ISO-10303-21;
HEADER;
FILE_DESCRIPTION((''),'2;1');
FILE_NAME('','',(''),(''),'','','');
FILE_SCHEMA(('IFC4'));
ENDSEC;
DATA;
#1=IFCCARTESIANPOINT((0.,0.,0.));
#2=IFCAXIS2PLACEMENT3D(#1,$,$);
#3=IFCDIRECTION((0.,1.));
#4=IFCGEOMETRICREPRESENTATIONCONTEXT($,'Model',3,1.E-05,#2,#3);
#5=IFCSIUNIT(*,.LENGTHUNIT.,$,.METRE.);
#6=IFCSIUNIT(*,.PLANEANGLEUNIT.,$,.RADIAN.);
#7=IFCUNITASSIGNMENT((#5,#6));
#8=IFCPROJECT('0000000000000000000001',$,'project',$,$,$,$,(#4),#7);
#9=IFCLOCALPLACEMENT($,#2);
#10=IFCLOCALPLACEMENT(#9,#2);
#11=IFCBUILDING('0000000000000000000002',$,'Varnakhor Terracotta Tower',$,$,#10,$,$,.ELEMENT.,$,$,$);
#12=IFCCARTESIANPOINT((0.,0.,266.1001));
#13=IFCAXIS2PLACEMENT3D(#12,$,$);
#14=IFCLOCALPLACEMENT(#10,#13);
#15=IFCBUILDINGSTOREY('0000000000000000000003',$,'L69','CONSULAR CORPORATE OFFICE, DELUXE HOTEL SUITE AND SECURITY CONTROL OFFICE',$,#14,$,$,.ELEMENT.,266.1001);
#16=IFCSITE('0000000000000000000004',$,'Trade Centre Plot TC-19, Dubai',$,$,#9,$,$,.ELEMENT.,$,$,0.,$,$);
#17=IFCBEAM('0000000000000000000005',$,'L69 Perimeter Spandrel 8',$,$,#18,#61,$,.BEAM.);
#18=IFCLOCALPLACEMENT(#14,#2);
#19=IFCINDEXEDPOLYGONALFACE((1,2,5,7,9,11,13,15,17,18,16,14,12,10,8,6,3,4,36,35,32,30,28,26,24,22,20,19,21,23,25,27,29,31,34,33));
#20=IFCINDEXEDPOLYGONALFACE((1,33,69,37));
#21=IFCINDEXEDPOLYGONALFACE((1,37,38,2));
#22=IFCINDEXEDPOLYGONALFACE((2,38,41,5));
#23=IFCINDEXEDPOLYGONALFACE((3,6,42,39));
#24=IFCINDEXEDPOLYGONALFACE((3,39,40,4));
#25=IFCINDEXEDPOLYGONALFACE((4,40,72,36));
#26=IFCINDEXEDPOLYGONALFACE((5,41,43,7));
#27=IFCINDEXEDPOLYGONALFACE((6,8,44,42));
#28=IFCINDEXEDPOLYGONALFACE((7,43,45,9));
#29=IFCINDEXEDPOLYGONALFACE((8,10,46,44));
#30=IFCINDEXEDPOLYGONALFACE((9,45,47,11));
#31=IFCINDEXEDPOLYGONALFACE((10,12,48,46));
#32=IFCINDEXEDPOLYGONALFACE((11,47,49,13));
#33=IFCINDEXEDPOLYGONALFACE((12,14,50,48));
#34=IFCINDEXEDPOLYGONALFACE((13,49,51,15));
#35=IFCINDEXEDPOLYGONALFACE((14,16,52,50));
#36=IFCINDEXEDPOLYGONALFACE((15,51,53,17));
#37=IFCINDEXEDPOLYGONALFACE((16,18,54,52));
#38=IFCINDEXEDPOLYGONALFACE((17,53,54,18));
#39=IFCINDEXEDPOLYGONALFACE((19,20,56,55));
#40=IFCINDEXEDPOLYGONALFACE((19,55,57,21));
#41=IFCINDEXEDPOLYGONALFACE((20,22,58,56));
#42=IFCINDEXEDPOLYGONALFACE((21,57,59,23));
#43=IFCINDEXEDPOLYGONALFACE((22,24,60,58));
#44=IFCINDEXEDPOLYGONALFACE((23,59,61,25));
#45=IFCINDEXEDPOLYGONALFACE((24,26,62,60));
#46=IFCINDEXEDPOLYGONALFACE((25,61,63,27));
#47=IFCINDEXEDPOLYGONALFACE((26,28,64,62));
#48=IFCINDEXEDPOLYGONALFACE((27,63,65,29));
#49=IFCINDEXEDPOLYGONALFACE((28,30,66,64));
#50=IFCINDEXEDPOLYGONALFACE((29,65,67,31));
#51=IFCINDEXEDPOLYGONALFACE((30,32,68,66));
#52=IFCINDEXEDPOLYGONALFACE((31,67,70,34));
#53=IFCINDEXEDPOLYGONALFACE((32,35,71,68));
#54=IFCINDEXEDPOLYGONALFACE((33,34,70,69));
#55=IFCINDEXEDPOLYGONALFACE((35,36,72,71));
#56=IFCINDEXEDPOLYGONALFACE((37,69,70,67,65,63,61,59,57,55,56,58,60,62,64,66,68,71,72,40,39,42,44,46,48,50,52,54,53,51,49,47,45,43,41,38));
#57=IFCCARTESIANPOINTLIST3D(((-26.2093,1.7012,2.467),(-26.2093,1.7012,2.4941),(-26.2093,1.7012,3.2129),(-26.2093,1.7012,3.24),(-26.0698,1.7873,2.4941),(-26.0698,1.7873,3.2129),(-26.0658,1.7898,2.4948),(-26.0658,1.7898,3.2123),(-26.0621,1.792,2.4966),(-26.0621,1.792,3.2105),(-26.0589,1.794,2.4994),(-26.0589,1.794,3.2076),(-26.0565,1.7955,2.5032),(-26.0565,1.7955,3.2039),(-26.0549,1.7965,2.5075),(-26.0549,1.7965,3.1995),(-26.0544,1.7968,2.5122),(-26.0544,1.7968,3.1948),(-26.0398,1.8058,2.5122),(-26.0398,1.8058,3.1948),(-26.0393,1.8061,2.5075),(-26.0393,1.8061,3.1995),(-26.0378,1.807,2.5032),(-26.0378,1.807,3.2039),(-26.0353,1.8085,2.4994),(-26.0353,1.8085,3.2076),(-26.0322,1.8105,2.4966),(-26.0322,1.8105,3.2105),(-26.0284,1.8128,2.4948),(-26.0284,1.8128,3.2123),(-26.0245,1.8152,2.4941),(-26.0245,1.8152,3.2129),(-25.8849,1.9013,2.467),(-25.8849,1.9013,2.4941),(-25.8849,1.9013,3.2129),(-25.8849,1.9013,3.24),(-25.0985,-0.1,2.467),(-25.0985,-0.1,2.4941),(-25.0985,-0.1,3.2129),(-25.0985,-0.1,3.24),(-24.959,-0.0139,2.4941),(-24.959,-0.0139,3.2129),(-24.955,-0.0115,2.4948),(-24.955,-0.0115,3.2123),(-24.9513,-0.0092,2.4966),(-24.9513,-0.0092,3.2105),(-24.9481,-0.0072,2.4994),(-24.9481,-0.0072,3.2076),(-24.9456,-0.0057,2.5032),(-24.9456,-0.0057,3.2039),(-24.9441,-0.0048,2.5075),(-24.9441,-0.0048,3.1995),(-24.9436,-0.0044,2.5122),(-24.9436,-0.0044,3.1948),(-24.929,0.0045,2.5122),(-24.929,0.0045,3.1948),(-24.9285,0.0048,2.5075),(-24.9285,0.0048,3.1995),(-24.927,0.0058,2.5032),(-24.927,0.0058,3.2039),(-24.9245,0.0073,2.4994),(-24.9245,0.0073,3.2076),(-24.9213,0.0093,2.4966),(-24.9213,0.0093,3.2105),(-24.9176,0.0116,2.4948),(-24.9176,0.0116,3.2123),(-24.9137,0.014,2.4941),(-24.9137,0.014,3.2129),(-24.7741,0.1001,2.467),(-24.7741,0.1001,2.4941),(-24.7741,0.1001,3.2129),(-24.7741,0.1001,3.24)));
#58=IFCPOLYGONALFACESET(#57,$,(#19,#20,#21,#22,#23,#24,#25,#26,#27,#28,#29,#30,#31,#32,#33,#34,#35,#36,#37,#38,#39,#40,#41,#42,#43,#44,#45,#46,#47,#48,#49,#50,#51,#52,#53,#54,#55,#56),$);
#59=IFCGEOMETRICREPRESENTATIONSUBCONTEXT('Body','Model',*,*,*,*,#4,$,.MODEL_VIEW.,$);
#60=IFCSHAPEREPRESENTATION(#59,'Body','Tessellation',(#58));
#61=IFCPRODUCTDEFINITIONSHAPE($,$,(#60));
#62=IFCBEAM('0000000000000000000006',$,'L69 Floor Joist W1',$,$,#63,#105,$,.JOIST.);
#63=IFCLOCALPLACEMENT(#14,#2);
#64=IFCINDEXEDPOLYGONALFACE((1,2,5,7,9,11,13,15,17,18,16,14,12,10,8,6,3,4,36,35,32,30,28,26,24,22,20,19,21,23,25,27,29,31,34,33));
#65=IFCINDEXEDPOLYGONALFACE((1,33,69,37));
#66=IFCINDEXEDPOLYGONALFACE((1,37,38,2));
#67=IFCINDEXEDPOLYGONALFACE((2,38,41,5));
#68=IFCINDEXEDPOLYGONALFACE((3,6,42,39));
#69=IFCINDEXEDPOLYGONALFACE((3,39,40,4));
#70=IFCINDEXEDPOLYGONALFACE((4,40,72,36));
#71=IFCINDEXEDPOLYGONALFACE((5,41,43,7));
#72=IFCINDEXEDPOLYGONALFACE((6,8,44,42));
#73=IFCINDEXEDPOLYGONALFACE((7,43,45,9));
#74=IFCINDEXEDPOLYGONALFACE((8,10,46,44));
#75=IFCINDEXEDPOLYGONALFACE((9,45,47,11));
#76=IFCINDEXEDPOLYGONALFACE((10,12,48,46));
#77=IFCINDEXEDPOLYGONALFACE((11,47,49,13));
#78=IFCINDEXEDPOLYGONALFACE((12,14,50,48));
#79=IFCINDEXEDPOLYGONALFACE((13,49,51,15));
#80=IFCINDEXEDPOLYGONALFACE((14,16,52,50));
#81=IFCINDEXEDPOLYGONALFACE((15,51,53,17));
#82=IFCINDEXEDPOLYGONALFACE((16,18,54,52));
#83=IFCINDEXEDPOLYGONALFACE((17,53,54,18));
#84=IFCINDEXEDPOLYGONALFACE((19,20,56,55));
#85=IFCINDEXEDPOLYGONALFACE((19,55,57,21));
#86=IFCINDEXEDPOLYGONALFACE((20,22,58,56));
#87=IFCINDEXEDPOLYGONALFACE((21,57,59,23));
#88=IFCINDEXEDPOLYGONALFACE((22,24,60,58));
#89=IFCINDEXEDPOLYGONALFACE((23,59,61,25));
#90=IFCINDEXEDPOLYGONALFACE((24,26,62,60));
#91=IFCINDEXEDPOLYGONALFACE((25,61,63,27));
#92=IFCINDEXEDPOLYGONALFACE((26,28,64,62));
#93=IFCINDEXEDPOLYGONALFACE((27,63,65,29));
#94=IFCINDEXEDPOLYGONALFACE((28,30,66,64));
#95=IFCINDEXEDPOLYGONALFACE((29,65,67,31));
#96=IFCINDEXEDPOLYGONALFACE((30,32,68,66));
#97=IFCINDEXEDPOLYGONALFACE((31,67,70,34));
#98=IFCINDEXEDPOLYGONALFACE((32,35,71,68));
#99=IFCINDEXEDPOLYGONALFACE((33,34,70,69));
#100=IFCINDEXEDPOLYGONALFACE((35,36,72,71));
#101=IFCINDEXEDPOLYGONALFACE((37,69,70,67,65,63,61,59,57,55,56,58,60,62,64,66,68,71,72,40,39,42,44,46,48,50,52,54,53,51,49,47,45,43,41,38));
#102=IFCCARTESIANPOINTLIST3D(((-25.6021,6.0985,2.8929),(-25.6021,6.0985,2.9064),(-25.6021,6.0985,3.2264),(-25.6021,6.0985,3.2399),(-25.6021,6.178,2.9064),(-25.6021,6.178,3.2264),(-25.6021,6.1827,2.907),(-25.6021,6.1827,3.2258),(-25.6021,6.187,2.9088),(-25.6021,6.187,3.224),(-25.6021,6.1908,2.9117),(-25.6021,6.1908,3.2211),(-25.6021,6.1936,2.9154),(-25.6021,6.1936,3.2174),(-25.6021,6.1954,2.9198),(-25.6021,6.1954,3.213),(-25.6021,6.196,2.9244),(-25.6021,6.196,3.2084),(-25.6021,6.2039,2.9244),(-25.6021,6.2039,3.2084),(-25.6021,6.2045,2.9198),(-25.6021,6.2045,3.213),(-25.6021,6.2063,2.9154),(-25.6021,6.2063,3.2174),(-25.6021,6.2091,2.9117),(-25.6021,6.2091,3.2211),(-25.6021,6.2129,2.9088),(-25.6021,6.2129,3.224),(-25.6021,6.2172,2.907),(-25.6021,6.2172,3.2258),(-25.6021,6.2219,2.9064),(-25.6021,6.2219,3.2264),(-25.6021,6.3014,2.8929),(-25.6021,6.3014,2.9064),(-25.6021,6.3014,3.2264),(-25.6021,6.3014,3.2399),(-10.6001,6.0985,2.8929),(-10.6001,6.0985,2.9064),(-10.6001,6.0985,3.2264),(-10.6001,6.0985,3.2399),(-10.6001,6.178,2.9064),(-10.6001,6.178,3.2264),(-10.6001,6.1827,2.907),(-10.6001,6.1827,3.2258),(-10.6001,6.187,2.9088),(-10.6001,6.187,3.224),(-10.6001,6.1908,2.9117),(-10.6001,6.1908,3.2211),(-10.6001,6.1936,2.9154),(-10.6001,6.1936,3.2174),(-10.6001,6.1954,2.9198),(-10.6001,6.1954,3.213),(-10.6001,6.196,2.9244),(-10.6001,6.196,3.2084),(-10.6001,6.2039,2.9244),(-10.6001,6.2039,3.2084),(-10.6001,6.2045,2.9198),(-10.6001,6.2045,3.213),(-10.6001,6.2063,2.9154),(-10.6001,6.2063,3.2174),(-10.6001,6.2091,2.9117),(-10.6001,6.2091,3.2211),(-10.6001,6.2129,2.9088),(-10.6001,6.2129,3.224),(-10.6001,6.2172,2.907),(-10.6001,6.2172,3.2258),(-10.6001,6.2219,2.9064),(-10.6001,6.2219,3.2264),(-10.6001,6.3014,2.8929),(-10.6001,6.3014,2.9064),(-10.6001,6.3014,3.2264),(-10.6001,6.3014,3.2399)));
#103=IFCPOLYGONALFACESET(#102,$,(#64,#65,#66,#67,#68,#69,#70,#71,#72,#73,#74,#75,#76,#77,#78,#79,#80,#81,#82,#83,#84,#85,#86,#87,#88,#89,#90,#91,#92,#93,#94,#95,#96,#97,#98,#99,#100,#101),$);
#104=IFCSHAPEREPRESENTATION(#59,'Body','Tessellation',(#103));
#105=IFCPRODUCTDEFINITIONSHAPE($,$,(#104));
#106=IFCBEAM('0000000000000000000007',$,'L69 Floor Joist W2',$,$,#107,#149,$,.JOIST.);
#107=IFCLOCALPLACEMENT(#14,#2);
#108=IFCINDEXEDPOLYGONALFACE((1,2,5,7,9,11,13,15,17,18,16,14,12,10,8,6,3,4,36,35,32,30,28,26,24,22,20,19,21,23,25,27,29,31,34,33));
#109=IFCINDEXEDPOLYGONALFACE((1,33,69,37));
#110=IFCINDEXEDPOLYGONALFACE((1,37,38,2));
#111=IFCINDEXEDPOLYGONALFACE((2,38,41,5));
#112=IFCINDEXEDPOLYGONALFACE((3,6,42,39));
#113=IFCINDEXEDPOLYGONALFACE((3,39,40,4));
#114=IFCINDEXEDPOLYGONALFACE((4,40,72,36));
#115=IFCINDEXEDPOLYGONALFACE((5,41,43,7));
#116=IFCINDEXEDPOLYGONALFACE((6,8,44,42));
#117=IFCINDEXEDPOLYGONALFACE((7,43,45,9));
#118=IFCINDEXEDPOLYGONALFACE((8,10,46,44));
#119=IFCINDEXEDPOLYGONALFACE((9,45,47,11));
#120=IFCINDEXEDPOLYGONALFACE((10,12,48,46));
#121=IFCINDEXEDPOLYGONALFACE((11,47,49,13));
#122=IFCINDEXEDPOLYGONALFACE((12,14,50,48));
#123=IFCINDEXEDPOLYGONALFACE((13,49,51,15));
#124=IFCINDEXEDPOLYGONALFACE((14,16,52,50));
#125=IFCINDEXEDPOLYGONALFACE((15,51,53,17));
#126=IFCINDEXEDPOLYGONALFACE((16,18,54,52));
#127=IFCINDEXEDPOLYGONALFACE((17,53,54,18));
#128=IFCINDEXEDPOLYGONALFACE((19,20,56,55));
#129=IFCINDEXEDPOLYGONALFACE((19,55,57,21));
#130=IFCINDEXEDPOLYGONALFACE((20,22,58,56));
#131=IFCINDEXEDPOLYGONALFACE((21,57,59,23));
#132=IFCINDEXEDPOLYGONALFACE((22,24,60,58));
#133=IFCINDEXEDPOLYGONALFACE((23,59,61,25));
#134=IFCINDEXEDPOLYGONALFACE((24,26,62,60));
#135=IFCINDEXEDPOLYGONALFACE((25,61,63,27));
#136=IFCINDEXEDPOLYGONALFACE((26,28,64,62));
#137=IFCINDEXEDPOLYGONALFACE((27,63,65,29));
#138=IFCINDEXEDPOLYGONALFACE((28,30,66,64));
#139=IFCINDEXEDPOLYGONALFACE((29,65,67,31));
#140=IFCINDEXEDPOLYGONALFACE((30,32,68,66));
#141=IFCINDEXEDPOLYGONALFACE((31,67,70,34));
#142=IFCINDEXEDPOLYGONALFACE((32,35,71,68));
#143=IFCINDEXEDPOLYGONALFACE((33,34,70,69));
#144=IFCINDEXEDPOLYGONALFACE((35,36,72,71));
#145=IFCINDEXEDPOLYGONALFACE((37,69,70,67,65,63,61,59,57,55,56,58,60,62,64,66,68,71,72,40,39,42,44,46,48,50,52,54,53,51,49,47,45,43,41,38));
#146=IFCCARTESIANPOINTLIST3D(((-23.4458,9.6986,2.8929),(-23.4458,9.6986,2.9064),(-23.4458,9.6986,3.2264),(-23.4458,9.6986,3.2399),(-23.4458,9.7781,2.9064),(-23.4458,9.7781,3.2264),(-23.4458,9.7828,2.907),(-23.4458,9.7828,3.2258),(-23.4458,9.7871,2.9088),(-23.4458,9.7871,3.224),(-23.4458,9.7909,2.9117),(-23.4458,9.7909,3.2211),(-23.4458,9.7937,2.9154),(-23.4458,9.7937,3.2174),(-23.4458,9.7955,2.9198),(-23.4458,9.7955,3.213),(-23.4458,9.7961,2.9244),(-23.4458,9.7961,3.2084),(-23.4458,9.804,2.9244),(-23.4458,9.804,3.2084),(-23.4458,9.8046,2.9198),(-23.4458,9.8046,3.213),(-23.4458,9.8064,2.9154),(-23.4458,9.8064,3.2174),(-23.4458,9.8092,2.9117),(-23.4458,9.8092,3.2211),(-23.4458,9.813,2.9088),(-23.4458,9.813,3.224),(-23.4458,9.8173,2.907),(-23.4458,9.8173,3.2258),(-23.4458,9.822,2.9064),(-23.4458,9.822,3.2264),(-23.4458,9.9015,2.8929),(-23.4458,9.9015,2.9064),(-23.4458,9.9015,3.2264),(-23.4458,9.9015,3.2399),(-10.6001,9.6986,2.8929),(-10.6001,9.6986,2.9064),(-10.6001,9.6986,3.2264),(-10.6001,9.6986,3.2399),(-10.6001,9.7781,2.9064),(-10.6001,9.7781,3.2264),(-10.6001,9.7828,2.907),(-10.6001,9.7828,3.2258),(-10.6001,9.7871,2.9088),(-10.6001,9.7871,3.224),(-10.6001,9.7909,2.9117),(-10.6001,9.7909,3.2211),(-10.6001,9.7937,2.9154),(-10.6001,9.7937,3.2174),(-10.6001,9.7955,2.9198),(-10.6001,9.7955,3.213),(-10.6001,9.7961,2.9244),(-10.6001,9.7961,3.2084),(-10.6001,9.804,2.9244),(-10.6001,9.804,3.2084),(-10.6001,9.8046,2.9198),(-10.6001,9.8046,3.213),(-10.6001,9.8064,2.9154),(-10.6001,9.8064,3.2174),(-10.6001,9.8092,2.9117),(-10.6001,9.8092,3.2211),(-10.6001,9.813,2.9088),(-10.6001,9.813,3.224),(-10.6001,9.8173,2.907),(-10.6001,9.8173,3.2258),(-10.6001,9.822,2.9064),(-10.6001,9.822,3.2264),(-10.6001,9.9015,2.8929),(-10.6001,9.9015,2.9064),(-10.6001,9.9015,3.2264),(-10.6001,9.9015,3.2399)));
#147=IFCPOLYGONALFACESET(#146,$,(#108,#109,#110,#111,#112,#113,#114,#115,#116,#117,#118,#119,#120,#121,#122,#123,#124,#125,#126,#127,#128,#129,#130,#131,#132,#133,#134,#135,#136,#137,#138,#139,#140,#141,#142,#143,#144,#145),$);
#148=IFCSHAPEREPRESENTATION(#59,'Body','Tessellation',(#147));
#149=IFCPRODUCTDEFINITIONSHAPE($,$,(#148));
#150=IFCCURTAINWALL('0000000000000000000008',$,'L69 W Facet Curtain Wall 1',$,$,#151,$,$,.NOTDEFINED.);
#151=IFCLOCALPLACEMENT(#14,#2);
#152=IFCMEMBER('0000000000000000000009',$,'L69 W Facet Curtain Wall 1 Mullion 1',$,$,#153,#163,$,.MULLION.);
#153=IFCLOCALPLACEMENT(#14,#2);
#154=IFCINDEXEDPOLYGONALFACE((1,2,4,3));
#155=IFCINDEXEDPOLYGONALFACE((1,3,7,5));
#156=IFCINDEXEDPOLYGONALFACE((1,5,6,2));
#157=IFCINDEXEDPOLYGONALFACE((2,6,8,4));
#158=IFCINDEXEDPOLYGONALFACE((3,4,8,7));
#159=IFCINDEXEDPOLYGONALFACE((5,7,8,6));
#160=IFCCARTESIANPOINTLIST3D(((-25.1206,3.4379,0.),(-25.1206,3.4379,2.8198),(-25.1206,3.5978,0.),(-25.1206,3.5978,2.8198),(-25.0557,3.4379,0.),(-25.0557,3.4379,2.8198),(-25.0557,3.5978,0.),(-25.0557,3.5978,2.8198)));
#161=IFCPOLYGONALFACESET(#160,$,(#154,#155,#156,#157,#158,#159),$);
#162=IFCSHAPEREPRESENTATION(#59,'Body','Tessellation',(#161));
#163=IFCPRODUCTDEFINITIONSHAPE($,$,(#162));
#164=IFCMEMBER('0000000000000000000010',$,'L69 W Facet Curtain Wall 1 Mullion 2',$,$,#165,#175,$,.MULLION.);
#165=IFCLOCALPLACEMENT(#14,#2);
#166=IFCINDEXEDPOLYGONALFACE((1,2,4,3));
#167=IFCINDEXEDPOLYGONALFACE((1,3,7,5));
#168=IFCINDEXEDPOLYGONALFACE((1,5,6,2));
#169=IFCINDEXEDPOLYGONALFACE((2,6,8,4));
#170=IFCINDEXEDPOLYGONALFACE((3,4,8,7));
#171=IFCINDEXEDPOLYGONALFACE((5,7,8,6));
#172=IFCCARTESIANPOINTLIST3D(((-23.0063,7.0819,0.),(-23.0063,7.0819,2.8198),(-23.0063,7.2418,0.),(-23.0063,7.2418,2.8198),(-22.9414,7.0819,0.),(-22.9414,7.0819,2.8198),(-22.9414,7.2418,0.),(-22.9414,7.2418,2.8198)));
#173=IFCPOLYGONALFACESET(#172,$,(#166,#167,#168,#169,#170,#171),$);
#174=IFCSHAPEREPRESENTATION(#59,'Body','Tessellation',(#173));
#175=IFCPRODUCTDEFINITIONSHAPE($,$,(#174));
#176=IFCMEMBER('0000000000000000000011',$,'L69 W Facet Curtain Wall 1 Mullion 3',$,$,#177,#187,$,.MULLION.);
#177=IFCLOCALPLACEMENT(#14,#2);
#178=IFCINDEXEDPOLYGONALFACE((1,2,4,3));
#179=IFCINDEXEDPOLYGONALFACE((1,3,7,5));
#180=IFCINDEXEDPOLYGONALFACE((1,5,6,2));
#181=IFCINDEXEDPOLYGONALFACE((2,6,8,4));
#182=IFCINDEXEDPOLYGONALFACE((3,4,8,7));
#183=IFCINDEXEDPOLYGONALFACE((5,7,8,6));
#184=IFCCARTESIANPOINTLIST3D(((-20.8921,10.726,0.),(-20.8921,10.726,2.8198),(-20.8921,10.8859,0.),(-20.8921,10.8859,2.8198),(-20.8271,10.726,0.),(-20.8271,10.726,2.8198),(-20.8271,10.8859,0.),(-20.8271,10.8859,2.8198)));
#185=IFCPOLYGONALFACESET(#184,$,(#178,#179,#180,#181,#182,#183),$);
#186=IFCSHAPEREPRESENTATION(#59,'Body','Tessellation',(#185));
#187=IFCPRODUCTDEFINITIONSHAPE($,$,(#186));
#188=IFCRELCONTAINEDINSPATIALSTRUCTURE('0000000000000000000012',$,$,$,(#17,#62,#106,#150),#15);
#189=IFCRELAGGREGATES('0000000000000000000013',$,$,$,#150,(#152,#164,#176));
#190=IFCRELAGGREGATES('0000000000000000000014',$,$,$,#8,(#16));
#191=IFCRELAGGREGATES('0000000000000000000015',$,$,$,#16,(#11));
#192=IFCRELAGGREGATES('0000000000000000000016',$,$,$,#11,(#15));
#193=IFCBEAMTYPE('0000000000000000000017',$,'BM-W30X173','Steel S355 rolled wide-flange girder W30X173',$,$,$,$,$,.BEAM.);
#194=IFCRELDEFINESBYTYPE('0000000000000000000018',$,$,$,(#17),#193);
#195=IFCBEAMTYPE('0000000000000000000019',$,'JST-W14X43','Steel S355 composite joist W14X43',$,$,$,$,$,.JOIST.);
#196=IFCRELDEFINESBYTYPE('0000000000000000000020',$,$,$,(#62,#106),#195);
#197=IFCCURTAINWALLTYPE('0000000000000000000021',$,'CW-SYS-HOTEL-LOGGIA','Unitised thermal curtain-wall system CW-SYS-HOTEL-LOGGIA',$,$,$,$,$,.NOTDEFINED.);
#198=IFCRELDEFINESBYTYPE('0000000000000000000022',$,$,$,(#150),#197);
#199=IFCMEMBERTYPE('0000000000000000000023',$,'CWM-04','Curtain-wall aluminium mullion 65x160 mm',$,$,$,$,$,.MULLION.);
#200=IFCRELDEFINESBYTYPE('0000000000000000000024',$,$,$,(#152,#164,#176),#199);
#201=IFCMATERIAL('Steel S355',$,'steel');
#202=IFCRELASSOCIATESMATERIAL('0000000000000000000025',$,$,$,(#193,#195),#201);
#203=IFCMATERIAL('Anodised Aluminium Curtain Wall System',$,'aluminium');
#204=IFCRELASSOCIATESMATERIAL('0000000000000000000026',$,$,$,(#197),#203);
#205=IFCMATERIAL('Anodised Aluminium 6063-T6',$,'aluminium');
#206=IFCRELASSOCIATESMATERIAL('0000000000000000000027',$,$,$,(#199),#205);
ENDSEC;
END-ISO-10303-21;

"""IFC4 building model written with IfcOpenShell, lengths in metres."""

from ifc_helpers import new_model, si_unit, direction, frame, origin, origin_2d, place, context, subcontext, project, spatial, rectangle, i_section, extrude, source, transform, mapped, material, material_profile, profile_set, type_object, element, aggregate, save


model = new_model("IFC4")

# Units and contexts
model_context = context("Model", 3, precision=1e-05, world=origin(), true_north=direction((0.0, 1.0)))
body_context = subcontext(model_context, "Body", "Model", "MODEL_VIEW")
ifc_project = project(units=[si_unit("LENGTHUNIT", "METRE"), si_unit("PLANEANGLEUNIT", "RADIAN")], contexts=[model_context])

# Site, building, storey
site_placement = place(None, origin())
site = spatial("IfcSite", under=ifc_project, at=site_placement, Name="Trade Centre Plot TC-19, Dubai", CompositionType="ELEMENT", RefElevation=0.0)
building_placement = place(site_placement, origin())
building = spatial("IfcBuilding", under=site, at=building_placement, Name="Varnakhor Terracotta Tower", CompositionType="ELEMENT")
storey_placement = place(building_placement, frame((0.0, 0.0, 266.1001)))
storey = spatial("IfcBuildingStorey", under=building, at=storey_placement, Name="L69", Description="CONSULAR CORPORATE OFFICE, DELUXE HOTEL SUITE AND SECURITY CONTROL OFFICE", CompositionType="ELEMENT", Elevation=266.1001)

# Shared definitions
ifc_material_1 = material(Name="Steel S355", Category="steel")

# Beams
ifc_material_profile_1 = material_profile(ifc_material_1, i_section(OverallWidth=0.3811, OverallDepth=0.7729, WebThickness=0.0171, FlangeThickness=0.0271, FilletRadius=0.0181, at=origin_2d()), Name="W30X173")
ifc_profile_set_1 = profile_set([ifc_material_profile_1], Name="Steel S355")
beam_type_1 = type_object("IfcBeamType", Name="BM-W30X173", Description="Steel S355 rolled wide-flange girder W30X173", PredefinedType="BEAM", material=ifc_profile_set_1)
shared_shape_1 = source(origin(), body_context, "Body", "SweptSolid", [
    extrude(i_section(OverallWidth=0.3811, OverallDepth=0.7729, WebThickness=0.0171, FlangeThickness=0.0271, FilletRadius=0.0181, at=origin_2d()), origin(), (0.0, 0.0, 1.0), 2.1162),
])
for number, where, z_axis, x_axis, name in (
    (1, (-26.0471, 1.8013, 2.8535), (0.524908, -0.851159, 0.0), (0.851159, 0.524908, 0.0), "L69 Perimeter Spandrel 8"),
):
    element("IfcBeam", number, at=place(storey_placement, frame(where, z_axis=z_axis, x_axis=x_axis)), inside=storey, type_object=beam_type_1, Name=name, PredefinedType="BEAM", context=body_context, shape_type="MappedRepresentation", body=[
        mapped(shared_shape_1, transform((0.0, 0.0, 0.0), scale=1.0)),
    ])
ifc_material_profile_2 = material_profile(ifc_material_1, i_section(OverallWidth=0.2029, OverallDepth=0.3469, WebThickness=0.0078, FlangeThickness=0.0134, FilletRadius=0.0181, at=origin_2d()), Name="W14X43")
ifc_profile_set_2 = profile_set([ifc_material_profile_2], Name="Steel S355")
beam_type_2 = type_object("IfcBeamType", Name="JST-W14X43", Description="Steel S355 composite joist W14X43", PredefinedType="JOIST", material=ifc_profile_set_2)
shared_shape_2 = source(origin(), body_context, "Body", "SweptSolid", [
    extrude(i_section(OverallWidth=0.2029, OverallDepth=0.3469, WebThickness=0.0078, FlangeThickness=0.0134, FilletRadius=0.0181, at=origin_2d()), origin(), (0.0, 0.0, 1.0), 15.002),
])
beam_1_placement = place(storey_placement, frame((-25.6021, 6.2, 3.0664), z_axis=(1.0, 0.0, 0.0), x_axis=(0.0, 1.0, 0.0)))
element("IfcBeam", 2, at=beam_1_placement, inside=storey, type_object=beam_type_2, Name="L69 Floor Joist W1", PredefinedType="JOIST", context=body_context, shape_type="MappedRepresentation", body=[
    mapped(shared_shape_2, transform((0.0, 0.0, 0.0), scale=1.0)),
])
shared_shape_3 = source(origin(), body_context, "Body", "SweptSolid", [
    extrude(i_section(OverallWidth=0.2029, OverallDepth=0.3469, WebThickness=0.0078, FlangeThickness=0.0134, FilletRadius=0.0181, at=origin_2d()), origin(), (0.0, 0.0, 1.0), 12.8457),
])
beam_2_placement = place(storey_placement, frame((-23.4458, 9.8, 3.0664), z_axis=(1.0, 0.0, 0.0), x_axis=(0.0, 1.0, 0.0)))
element("IfcBeam", 3, at=beam_2_placement, inside=storey, type_object=beam_type_2, Name="L69 Floor Joist W2", PredefinedType="JOIST", context=body_context, shape_type="MappedRepresentation", body=[
    mapped(shared_shape_3, transform((0.0, 0.0, 0.0), scale=1.0)),
])

# Curtain wall, members
ifc_material_2 = material(Name="Anodised Aluminium Curtain Wall System", Category="aluminium")
curtain_wall_type = type_object("IfcCurtainWallType", Name="CW-SYS-HOTEL-LOGGIA", Description="Unitised thermal curtain-wall system CW-SYS-HOTEL-LOGGIA", PredefinedType="NOTDEFINED", material=ifc_material_2)
curtain_wall_1_placement = place(storey_placement, origin())
curtain_wall_1 = element("IfcCurtainWall", 4, at=curtain_wall_1_placement, inside=storey, type_object=curtain_wall_type, Name="L69 W Facet Curtain Wall 1", PredefinedType="NOTDEFINED")
ifc_material_3 = material(Name="Anodised Aluminium 6063-T6", Category="aluminium")
ifc_material_profile_3 = material_profile(ifc_material_3, rectangle(XDim=0.0649, YDim=0.1599, at=origin_2d()), Name="ALU MULLION 65x160")
ifc_profile_set_3 = profile_set([ifc_material_profile_3], Name="Anodised Aluminium 6063-T6")
member_type_1 = type_object("IfcMemberType", Name="CWM-04", Description="Curtain-wall aluminium mullion 65x160 mm", PredefinedType="MULLION", material=ifc_profile_set_3)
shared_shape_4 = source(origin(), body_context, "Body", "SweptSolid", [
    extrude(rectangle(XDim=0.0649, YDim=0.1599, at=origin_2d()), origin(), (0.0, 0.0, 1.0), 2.8198),
])
member_1_placement = place(storey_placement, frame((-25.0881, 3.5178, 0.0), z_axis=(0.0, 0.0, 1.0), x_axis=(1.0, 0.0, 0.0)))
member_1 = element("IfcMember", 5, at=member_1_placement, type_object=member_type_1, Name="L69 W Facet Curtain Wall 1 Mullion 1", PredefinedType="MULLION", context=body_context, shape_type="MappedRepresentation", body=[
    mapped(shared_shape_4, transform((0.0, 0.0, 0.0), scale=1.0)),
])
member_2_placement = place(storey_placement, frame((-22.9739, 7.1619, 0.0), z_axis=(0.0, 0.0, 1.0), x_axis=(1.0, 0.0, 0.0)))
member_2 = element("IfcMember", 6, at=member_2_placement, type_object=member_type_1, Name="L69 W Facet Curtain Wall 1 Mullion 2", PredefinedType="MULLION", context=body_context, shape_type="MappedRepresentation", body=[
    mapped(shared_shape_4, transform((0.0, 0.0, 0.0), scale=1.0)),
])
member_3_placement = place(storey_placement, frame((-20.8596, 10.8059, 0.0), z_axis=(0.0, 0.0, 1.0), x_axis=(1.0, 0.0, 0.0)))
member_3 = element("IfcMember", 7, at=member_3_placement, type_object=member_type_1, Name="L69 W Facet Curtain Wall 1 Mullion 3", PredefinedType="MULLION", context=body_context, shape_type="MappedRepresentation", body=[
    mapped(shared_shape_4, transform((0.0, 0.0, 0.0), scale=1.0)),
])

aggregate(curtain_wall_1, [member_1, member_2, member_3])

save(model, "model.ifc")
